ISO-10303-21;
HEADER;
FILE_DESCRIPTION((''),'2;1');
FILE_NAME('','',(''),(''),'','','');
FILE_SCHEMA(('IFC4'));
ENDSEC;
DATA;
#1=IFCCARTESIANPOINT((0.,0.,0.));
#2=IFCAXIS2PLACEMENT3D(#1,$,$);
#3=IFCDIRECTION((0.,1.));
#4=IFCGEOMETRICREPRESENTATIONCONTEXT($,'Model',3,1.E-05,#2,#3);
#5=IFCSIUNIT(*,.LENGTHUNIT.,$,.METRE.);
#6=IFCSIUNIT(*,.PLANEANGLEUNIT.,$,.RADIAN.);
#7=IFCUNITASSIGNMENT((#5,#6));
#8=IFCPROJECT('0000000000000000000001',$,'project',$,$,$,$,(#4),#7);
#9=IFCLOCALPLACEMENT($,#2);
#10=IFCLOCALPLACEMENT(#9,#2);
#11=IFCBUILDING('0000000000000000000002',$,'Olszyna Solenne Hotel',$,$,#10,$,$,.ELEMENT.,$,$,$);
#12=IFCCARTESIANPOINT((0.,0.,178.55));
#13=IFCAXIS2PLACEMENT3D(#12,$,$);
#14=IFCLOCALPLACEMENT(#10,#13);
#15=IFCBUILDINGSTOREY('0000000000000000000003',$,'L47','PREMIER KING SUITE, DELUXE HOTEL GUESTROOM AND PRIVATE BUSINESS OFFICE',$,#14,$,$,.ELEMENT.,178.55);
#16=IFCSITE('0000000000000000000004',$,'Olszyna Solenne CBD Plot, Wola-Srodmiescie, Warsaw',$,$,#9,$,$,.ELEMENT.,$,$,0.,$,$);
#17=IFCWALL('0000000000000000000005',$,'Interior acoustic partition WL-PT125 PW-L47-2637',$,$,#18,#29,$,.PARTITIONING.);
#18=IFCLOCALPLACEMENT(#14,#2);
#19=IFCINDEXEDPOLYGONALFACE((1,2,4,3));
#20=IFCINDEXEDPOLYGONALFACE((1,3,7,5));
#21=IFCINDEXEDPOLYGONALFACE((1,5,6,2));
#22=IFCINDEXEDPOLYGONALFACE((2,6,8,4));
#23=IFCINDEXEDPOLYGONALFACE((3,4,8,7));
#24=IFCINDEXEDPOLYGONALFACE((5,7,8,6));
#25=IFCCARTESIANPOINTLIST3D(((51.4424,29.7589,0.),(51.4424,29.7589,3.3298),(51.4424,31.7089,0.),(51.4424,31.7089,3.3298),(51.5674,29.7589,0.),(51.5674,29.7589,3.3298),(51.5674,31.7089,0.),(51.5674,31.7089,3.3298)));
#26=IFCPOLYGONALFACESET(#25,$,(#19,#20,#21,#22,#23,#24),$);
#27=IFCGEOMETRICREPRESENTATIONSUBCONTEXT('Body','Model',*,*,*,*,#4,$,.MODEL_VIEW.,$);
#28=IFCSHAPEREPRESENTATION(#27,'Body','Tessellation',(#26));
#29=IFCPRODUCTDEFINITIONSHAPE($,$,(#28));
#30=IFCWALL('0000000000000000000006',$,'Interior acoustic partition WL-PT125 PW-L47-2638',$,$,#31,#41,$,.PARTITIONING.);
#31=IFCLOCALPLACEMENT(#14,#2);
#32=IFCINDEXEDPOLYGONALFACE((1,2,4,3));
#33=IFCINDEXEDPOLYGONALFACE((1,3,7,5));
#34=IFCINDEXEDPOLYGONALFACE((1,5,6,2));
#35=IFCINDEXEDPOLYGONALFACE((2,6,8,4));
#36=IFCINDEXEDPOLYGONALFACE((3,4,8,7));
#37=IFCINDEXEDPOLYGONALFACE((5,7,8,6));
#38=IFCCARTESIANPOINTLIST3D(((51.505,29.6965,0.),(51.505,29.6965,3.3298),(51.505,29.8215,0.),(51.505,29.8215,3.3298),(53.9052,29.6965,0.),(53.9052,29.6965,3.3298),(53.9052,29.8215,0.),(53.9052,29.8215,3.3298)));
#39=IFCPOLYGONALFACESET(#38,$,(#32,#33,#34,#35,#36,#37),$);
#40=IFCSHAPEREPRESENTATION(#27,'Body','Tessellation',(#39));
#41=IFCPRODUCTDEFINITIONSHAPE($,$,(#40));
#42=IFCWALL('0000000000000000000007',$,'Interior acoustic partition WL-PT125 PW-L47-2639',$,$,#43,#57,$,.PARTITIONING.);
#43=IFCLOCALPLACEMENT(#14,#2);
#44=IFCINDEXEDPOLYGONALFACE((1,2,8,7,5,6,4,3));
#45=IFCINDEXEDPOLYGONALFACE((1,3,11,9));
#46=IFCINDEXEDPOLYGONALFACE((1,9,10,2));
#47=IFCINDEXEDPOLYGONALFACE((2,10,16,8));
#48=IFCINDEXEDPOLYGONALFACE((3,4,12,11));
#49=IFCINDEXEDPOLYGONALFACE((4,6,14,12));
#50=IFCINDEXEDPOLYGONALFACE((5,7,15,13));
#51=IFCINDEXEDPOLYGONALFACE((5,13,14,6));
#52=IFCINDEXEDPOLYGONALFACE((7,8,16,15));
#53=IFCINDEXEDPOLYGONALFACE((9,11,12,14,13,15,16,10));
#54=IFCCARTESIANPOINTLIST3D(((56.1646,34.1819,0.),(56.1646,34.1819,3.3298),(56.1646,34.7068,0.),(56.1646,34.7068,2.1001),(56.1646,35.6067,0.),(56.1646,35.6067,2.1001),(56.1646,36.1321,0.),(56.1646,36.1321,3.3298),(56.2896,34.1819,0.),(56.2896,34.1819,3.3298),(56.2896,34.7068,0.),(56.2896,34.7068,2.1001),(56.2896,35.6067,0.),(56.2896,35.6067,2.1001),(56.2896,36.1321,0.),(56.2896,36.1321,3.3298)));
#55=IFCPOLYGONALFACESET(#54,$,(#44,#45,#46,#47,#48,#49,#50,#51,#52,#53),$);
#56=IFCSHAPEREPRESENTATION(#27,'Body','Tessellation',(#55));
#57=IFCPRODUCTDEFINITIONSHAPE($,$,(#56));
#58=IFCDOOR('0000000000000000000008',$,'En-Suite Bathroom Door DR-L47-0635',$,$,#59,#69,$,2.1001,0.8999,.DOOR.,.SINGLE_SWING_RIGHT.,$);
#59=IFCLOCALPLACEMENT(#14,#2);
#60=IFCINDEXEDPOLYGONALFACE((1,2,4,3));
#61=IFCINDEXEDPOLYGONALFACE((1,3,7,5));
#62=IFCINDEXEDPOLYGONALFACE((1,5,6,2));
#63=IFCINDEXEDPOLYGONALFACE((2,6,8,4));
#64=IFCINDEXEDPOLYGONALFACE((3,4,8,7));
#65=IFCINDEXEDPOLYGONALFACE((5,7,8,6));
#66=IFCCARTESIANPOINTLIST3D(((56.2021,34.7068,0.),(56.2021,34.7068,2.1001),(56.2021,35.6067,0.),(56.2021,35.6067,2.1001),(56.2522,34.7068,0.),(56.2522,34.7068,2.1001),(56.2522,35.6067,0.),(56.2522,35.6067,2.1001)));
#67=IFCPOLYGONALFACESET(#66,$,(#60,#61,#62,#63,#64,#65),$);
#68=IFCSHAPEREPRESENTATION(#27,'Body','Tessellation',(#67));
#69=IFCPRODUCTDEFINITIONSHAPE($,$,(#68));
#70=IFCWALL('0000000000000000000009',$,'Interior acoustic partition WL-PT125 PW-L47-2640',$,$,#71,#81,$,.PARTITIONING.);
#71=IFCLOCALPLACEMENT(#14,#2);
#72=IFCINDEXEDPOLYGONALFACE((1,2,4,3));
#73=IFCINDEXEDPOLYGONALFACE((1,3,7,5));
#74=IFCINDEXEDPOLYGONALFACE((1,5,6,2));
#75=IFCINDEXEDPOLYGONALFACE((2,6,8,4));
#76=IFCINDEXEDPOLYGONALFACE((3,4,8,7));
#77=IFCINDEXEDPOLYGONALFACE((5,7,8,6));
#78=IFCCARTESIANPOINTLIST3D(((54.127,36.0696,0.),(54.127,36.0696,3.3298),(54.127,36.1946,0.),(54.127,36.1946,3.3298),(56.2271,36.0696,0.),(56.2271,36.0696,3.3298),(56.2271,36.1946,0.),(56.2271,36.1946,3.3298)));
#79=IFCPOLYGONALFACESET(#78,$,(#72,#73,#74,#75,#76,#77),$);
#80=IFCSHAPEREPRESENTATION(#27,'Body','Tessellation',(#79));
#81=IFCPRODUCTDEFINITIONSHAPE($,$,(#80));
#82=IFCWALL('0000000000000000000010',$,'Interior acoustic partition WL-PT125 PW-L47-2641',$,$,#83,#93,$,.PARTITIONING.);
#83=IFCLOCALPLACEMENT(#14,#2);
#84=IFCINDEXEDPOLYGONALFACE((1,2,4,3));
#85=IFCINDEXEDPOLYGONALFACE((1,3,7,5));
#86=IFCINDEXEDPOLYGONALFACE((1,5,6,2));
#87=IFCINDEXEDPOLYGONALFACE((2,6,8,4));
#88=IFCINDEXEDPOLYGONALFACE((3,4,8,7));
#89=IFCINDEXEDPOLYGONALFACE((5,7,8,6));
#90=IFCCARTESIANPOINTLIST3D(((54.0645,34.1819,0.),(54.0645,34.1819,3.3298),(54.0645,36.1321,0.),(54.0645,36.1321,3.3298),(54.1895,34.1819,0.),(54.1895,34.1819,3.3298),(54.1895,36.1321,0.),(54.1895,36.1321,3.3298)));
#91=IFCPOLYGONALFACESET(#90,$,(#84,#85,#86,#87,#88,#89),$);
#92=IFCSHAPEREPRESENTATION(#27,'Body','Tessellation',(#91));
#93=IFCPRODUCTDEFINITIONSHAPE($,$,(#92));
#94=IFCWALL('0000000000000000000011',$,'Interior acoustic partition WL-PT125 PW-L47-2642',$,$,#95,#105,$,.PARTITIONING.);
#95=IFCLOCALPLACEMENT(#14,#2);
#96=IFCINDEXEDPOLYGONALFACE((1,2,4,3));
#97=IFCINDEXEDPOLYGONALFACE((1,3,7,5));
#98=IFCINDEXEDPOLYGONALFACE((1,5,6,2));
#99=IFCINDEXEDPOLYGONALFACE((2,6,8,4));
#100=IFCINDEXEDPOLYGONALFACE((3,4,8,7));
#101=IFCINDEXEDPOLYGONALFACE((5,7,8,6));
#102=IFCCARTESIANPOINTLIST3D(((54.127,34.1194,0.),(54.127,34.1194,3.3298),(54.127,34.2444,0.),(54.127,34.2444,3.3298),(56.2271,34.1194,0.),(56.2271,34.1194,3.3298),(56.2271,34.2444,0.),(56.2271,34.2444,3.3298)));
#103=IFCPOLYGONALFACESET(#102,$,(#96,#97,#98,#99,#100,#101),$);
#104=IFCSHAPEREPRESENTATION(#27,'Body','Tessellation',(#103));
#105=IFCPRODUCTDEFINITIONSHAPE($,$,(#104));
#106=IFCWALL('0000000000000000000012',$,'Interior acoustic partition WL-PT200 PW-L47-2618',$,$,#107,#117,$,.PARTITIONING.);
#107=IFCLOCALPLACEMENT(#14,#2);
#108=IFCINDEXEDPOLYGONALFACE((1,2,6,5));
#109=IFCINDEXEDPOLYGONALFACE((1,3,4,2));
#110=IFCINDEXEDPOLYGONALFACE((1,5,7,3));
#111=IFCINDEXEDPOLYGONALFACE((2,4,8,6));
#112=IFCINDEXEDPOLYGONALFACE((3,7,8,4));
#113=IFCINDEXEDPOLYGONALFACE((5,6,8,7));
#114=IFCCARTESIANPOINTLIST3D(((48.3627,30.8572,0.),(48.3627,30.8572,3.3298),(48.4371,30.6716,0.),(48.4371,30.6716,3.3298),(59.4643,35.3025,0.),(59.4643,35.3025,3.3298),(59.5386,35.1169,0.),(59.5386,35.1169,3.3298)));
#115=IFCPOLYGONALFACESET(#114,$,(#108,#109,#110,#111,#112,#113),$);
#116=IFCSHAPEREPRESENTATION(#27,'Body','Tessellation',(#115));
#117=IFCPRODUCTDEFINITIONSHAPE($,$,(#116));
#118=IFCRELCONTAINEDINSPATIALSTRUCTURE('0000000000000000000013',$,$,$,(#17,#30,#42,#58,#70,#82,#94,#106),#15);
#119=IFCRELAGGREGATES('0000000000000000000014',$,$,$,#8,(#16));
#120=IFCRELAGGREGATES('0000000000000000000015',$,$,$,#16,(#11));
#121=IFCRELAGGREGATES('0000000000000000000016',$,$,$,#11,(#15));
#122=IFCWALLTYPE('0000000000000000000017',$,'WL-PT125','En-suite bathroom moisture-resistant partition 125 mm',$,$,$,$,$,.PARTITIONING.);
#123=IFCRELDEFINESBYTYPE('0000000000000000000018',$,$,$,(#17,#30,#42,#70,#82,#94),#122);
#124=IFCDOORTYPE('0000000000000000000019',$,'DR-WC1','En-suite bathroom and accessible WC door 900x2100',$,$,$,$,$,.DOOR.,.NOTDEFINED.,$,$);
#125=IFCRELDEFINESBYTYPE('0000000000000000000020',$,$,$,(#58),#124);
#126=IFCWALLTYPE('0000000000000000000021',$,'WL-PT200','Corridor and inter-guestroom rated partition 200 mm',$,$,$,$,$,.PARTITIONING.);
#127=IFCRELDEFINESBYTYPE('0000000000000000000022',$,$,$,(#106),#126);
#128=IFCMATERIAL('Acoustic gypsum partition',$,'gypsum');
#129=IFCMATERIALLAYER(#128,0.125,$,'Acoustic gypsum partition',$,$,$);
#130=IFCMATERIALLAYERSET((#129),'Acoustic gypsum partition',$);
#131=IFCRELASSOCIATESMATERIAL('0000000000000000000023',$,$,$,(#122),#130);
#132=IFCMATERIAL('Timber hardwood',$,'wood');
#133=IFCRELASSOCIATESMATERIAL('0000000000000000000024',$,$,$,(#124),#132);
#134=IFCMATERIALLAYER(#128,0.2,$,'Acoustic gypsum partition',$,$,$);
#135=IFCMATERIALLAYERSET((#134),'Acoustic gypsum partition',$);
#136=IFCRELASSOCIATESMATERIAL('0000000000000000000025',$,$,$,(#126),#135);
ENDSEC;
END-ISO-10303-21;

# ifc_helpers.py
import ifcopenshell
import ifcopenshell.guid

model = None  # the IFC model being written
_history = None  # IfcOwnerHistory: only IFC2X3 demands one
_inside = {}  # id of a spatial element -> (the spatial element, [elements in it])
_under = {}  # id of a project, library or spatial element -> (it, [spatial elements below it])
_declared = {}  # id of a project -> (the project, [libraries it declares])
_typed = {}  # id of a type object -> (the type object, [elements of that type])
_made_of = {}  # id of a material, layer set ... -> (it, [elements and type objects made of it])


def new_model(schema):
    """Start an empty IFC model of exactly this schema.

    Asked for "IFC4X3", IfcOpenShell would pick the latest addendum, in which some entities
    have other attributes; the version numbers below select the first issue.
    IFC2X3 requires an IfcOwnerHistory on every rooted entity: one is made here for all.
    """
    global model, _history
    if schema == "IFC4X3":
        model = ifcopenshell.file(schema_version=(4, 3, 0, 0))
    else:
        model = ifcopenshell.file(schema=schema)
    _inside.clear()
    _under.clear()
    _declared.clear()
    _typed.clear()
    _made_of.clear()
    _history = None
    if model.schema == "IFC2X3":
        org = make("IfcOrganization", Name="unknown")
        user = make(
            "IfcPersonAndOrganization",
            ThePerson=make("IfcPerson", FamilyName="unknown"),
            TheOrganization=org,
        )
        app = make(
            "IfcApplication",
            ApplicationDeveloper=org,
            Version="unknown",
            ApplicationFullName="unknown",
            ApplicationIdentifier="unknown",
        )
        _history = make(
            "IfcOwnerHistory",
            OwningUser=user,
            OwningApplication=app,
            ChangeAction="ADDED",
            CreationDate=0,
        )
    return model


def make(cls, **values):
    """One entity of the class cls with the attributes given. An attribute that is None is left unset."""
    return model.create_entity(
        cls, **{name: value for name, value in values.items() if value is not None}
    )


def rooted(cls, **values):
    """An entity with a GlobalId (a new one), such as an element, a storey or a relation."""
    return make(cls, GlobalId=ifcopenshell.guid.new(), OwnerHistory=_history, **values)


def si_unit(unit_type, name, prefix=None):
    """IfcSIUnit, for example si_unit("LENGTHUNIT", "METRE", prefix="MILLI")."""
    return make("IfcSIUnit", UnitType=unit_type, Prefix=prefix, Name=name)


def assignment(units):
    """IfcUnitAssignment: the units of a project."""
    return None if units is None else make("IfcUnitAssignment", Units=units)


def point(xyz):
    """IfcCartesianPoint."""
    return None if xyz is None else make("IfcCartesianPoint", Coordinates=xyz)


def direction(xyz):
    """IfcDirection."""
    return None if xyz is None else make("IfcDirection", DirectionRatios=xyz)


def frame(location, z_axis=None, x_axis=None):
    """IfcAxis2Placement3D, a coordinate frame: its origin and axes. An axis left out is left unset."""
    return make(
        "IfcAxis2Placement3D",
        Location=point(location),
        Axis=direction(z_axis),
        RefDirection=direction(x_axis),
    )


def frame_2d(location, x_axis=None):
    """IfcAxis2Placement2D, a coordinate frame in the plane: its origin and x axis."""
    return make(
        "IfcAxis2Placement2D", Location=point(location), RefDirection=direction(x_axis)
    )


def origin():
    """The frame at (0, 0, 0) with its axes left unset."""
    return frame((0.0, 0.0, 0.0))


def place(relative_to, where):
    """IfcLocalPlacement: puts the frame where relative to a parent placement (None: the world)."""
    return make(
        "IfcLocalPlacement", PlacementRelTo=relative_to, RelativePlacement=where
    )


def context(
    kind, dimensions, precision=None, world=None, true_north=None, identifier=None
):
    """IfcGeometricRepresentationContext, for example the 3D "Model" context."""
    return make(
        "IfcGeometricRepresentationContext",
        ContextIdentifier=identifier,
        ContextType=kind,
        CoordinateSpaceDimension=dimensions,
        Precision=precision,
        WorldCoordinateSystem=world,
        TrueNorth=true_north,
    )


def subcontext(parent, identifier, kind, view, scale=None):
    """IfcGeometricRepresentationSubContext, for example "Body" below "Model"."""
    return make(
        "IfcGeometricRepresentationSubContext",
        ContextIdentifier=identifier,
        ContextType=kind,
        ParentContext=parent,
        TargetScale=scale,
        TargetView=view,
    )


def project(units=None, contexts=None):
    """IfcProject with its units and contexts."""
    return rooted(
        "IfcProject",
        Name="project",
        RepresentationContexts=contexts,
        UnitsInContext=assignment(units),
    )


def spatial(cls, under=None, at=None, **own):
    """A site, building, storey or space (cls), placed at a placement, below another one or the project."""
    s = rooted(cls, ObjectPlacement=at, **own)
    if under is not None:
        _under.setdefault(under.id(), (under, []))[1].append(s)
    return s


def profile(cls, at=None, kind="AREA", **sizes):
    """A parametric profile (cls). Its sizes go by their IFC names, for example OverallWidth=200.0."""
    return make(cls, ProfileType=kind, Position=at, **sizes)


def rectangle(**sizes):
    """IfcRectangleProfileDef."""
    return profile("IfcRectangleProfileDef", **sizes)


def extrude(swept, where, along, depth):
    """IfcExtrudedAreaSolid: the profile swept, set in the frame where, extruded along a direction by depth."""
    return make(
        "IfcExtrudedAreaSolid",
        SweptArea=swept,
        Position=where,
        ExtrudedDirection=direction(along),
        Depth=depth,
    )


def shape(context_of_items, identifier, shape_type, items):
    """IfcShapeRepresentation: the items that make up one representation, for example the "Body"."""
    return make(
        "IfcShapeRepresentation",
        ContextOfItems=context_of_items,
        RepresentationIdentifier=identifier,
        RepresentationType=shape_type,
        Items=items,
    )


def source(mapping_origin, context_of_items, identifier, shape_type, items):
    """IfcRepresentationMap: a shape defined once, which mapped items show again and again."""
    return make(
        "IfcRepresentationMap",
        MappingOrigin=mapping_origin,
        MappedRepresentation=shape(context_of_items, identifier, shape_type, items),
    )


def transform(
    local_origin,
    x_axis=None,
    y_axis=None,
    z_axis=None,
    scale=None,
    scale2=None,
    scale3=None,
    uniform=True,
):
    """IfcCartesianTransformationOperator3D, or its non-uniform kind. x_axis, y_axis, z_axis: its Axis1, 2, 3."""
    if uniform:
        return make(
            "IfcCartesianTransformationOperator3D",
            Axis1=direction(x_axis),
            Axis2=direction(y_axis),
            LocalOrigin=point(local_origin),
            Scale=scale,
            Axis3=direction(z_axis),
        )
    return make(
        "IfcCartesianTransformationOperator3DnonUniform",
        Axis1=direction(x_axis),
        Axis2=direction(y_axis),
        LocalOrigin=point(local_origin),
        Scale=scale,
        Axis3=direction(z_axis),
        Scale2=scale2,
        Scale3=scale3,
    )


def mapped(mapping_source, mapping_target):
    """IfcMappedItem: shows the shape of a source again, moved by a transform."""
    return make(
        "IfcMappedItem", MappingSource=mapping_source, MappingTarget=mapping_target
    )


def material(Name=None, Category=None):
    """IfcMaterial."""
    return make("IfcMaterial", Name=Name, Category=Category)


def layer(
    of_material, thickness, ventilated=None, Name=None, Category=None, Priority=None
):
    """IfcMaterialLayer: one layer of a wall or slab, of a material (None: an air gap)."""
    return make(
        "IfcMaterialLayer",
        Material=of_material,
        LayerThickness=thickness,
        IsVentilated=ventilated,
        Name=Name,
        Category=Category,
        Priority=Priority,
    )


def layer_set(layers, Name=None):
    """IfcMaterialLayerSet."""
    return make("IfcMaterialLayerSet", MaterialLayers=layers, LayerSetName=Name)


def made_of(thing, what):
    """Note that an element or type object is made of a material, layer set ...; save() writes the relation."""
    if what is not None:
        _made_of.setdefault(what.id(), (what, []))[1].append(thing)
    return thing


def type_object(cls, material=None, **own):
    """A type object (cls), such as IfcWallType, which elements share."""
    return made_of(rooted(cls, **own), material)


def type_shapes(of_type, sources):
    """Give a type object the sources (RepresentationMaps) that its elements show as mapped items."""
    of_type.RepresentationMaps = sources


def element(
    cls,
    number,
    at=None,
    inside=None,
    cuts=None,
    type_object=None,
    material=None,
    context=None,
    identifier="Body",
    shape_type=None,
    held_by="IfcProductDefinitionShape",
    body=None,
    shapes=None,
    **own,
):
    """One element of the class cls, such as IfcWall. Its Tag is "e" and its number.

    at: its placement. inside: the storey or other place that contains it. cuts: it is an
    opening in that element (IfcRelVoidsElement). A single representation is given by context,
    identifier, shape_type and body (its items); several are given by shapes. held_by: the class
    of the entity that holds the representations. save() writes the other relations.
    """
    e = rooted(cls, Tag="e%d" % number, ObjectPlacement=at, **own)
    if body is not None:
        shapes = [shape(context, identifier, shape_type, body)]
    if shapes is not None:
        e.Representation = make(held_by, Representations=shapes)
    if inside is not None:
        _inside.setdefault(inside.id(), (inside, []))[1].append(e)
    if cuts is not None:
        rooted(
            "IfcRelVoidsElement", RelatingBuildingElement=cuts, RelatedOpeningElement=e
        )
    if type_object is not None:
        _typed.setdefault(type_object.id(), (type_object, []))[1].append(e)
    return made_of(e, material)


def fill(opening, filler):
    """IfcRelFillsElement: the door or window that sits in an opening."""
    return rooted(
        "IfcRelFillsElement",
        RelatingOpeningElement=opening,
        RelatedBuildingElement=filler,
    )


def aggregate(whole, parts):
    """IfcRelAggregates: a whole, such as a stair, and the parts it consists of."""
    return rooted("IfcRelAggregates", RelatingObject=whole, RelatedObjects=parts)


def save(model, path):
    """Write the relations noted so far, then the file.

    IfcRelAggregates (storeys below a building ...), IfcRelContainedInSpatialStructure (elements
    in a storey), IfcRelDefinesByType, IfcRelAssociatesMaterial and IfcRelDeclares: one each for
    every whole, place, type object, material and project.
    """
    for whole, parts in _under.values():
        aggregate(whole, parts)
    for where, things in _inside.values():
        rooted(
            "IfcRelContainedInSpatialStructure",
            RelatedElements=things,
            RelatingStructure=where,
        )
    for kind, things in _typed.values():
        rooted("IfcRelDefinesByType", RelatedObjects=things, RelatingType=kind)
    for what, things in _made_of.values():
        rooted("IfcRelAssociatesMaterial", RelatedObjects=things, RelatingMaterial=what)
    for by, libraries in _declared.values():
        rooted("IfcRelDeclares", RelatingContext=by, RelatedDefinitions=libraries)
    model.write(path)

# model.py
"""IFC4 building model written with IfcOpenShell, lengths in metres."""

from ifc_helpers import new_model, si_unit, direction, frame, frame_2d, origin, place, context, subcontext, project, spatial, rectangle, extrude, source, transform, mapped, material, layer, layer_set, type_object, type_shapes, element, fill, save


model = new_model("IFC4")

# Units and contexts
model_context = context("Model", 3, precision=1e-05, world=origin(), true_north=direction((0.0, 1.0)))
body_context = subcontext(model_context, "Body", "Model", "MODEL_VIEW")
ifc_project = project(units=[si_unit("LENGTHUNIT", "METRE"), si_unit("PLANEANGLEUNIT", "RADIAN")], contexts=[model_context])

# Site, building, storey
site_placement = place(None, origin())
site = spatial("IfcSite", under=ifc_project, at=site_placement, Name="Olszyna Solenne CBD Plot, Wola-Srodmiescie, Warsaw", CompositionType="ELEMENT", RefElevation=0.0)
building_placement = place(site_placement, origin())
building = spatial("IfcBuilding", under=site, at=building_placement, Name="Olszyna Solenne Hotel", CompositionType="ELEMENT")
storey_placement = place(building_placement, frame((0.0, 0.0, 178.55)))
storey = spatial("IfcBuildingStorey", under=building, at=storey_placement, Name="L47", Description="PREMIER KING SUITE, DELUXE HOTEL GUESTROOM AND PRIVATE BUSINESS OFFICE", CompositionType="ELEMENT", Elevation=178.55)

# Shared definitions
ifc_material_1 = material(Name="Timber hardwood", Category="wood")

# Shared definitions
ifc_material_2 = material(Name="Acoustic gypsum partition", Category="gypsum")
ifc_layer_1 = layer(ifc_material_2, 0.125, Name="Acoustic gypsum partition")
ifc_layer_set_1 = layer_set([ifc_layer_1], Name="Acoustic gypsum partition")
wall_type_1 = type_object("IfcWallType", Name="WL-PT125", Description="En-suite bathroom moisture-resistant partition 125 mm", PredefinedType="PARTITIONING", material=ifc_layer_set_1)
door_type_1 = type_object("IfcDoorType", Name="DR-WC1", Description="En-suite bathroom and accessible WC door 900x2100", OperationType="NOTDEFINED", PredefinedType="DOOR", material=ifc_material_1)
shared_shape_1 = source(origin(), body_context, "Body", "SweptSolid", [
    extrude(rectangle(XDim=0.8999, YDim=2.1001, at=frame_2d((0.45, 1.05))), frame((0.0, 0.0249, 0.0), z_axis=(0.0, -1.0, 0.0), x_axis=(1.0, 0.0, 0.0)), (0.0, 0.0, 1.0), 0.05),
])
type_shapes(door_type_1, [shared_shape_1])

# Walls
wall_1_placement = place(storey_placement, frame((51.5049, 31.709, 0.0), z_axis=(0.0, 0.0, 1.0), x_axis=(0.0, -1.0, 0.0)))
element("IfcWall", 1, at=wall_1_placement, inside=storey, type_object=wall_type_1, Name="Interior acoustic partition WL-PT125 PW-L47-2637", PredefinedType="PARTITIONING", context=body_context, shape_type="SweptSolid", body=[
    extrude(rectangle(XDim=1.95, YDim=0.125, at=frame_2d((0.9751, 0.0))), origin(), (0.0, 0.0, 1.0), 3.3298),
])
wall_2_placement = place(storey_placement, frame((51.5049, 29.759, 0.0), z_axis=(0.0, 0.0, 1.0), x_axis=(1.0, 0.0, 0.0)))
element("IfcWall", 2, at=wall_2_placement, inside=storey, type_object=wall_type_1, Name="Interior acoustic partition WL-PT125 PW-L47-2638", PredefinedType="PARTITIONING", context=body_context, shape_type="SweptSolid", body=[
    extrude(rectangle(XDim=2.4001, YDim=0.125, at=frame_2d((1.2002, 0.0))), origin(), (0.0, 0.0, 1.0), 3.3298),
])

# Wall, opening, door
wall_3_placement = place(storey_placement, frame((56.2271, 34.1819, 0.0), z_axis=(0.0, 0.0, 1.0), x_axis=(0.0, 1.0, 0.0)))
wall_3 = element("IfcWall", 3, at=wall_3_placement, inside=storey, type_object=wall_type_1, Name="Interior acoustic partition WL-PT125 PW-L47-2639", PredefinedType="PARTITIONING", context=body_context, shape_type="SweptSolid", body=[
    extrude(rectangle(XDim=1.9502, YDim=0.125, at=frame_2d((0.9751, 0.0))), origin(), (0.0, 0.0, 1.0), 3.3298),
])
opening_1_placement = place(wall_3_placement, frame((0.5249, 0.0, 0.0)))
opening_1 = element("IfcOpeningElement", 4, at=opening_1_placement, cuts=wall_3, PredefinedType="OPENING", context=body_context, shape_type="SweptSolid", body=[
    extrude(rectangle(XDim=0.8999, YDim=2.1001, at=frame_2d((0.45, 1.05))), frame((0.0, 0.0725, 0.0), z_axis=(0.0, -1.0, 0.0), x_axis=(1.0, 0.0, 0.0)), (0.0, 0.0, 1.0), 0.145),
])
door_1_placement = place(opening_1_placement, origin())
door_1 = element("IfcDoor", 5, at=door_1_placement, inside=storey, type_object=door_type_1, Name="En-Suite Bathroom Door DR-L47-0635", OperationType="SINGLE_SWING_RIGHT", OverallHeight=2.1001, OverallWidth=0.8999, PredefinedType="DOOR", context=body_context, shape_type="MappedRepresentation", body=[
    mapped(shared_shape_1, transform((0.0, 0.0, 0.0), x_axis=(1.0, 0.0, 0.0), y_axis=(0.0, 1.0, 0.0), z_axis=(0.0, 0.0, 1.0), scale=1.0)),
])
fill(opening_1, door_1)

# Walls
wall_4_placement = place(storey_placement, frame((56.2271, 36.1321, 0.0), z_axis=(0.0, 0.0, 1.0), x_axis=(-1.0, 0.0, 0.0)))
element("IfcWall", 6, at=wall_4_placement, inside=storey, type_object=wall_type_1, Name="Interior acoustic partition WL-PT125 PW-L47-2640", PredefinedType="PARTITIONING", context=body_context, shape_type="SweptSolid", body=[
    extrude(rectangle(XDim=2.1001, YDim=0.125, at=frame_2d((1.05, 0.0))), origin(), (0.0, 0.0, 1.0), 3.3298),
])
wall_5_placement = place(storey_placement, frame((54.127, 36.1321, 0.0), z_axis=(0.0, 0.0, 1.0), x_axis=(0.0, -1.0, 0.0)))
element("IfcWall", 7, at=wall_5_placement, inside=storey, type_object=wall_type_1, Name="Interior acoustic partition WL-PT125 PW-L47-2641", PredefinedType="PARTITIONING", context=body_context, shape_type="SweptSolid", body=[
    extrude(rectangle(XDim=1.9502, YDim=0.125, at=frame_2d((0.9751, 0.0))), origin(), (0.0, 0.0, 1.0), 3.3298),
])
wall_6_placement = place(storey_placement, frame((54.127, 34.1819, 0.0), z_axis=(0.0, 0.0, 1.0), x_axis=(1.0, 0.0, 0.0)))
element("IfcWall", 8, at=wall_6_placement, inside=storey, type_object=wall_type_1, Name="Interior acoustic partition WL-PT125 PW-L47-2642", PredefinedType="PARTITIONING", context=body_context, shape_type="SweptSolid", body=[
    extrude(rectangle(XDim=2.1001, YDim=0.125, at=frame_2d((1.05, 0.0))), origin(), (0.0, 0.0, 1.0), 3.3298),
])
ifc_layer_2 = layer(ifc_material_2, 0.2, Name="Acoustic gypsum partition")
ifc_layer_set_2 = layer_set([ifc_layer_2], Name="Acoustic gypsum partition")
wall_type_2 = type_object("IfcWallType", Name="WL-PT200", Description="Corridor and inter-guestroom rated partition 200 mm", PredefinedType="PARTITIONING", material=ifc_layer_set_2)
wall_7_placement = place(storey_placement, frame((48.3999, 30.7644, 0.0), z_axis=(0.0, 0.0, 1.0), x_axis=(0.928341, 0.371729, 0.0)))
element("IfcWall", 9, at=wall_7_placement, inside=storey, type_object=wall_type_2, Name="Interior acoustic partition WL-PT200 PW-L47-2618", PredefinedType="PARTITIONING", context=body_context, shape_type="SweptSolid", body=[
    extrude(rectangle(XDim=11.9585, YDim=0.2, at=frame_2d((5.9792, 0.0))), origin(), (0.0, 0.0, 1.0), 3.3298),
])

save(model, "model.ifc")
